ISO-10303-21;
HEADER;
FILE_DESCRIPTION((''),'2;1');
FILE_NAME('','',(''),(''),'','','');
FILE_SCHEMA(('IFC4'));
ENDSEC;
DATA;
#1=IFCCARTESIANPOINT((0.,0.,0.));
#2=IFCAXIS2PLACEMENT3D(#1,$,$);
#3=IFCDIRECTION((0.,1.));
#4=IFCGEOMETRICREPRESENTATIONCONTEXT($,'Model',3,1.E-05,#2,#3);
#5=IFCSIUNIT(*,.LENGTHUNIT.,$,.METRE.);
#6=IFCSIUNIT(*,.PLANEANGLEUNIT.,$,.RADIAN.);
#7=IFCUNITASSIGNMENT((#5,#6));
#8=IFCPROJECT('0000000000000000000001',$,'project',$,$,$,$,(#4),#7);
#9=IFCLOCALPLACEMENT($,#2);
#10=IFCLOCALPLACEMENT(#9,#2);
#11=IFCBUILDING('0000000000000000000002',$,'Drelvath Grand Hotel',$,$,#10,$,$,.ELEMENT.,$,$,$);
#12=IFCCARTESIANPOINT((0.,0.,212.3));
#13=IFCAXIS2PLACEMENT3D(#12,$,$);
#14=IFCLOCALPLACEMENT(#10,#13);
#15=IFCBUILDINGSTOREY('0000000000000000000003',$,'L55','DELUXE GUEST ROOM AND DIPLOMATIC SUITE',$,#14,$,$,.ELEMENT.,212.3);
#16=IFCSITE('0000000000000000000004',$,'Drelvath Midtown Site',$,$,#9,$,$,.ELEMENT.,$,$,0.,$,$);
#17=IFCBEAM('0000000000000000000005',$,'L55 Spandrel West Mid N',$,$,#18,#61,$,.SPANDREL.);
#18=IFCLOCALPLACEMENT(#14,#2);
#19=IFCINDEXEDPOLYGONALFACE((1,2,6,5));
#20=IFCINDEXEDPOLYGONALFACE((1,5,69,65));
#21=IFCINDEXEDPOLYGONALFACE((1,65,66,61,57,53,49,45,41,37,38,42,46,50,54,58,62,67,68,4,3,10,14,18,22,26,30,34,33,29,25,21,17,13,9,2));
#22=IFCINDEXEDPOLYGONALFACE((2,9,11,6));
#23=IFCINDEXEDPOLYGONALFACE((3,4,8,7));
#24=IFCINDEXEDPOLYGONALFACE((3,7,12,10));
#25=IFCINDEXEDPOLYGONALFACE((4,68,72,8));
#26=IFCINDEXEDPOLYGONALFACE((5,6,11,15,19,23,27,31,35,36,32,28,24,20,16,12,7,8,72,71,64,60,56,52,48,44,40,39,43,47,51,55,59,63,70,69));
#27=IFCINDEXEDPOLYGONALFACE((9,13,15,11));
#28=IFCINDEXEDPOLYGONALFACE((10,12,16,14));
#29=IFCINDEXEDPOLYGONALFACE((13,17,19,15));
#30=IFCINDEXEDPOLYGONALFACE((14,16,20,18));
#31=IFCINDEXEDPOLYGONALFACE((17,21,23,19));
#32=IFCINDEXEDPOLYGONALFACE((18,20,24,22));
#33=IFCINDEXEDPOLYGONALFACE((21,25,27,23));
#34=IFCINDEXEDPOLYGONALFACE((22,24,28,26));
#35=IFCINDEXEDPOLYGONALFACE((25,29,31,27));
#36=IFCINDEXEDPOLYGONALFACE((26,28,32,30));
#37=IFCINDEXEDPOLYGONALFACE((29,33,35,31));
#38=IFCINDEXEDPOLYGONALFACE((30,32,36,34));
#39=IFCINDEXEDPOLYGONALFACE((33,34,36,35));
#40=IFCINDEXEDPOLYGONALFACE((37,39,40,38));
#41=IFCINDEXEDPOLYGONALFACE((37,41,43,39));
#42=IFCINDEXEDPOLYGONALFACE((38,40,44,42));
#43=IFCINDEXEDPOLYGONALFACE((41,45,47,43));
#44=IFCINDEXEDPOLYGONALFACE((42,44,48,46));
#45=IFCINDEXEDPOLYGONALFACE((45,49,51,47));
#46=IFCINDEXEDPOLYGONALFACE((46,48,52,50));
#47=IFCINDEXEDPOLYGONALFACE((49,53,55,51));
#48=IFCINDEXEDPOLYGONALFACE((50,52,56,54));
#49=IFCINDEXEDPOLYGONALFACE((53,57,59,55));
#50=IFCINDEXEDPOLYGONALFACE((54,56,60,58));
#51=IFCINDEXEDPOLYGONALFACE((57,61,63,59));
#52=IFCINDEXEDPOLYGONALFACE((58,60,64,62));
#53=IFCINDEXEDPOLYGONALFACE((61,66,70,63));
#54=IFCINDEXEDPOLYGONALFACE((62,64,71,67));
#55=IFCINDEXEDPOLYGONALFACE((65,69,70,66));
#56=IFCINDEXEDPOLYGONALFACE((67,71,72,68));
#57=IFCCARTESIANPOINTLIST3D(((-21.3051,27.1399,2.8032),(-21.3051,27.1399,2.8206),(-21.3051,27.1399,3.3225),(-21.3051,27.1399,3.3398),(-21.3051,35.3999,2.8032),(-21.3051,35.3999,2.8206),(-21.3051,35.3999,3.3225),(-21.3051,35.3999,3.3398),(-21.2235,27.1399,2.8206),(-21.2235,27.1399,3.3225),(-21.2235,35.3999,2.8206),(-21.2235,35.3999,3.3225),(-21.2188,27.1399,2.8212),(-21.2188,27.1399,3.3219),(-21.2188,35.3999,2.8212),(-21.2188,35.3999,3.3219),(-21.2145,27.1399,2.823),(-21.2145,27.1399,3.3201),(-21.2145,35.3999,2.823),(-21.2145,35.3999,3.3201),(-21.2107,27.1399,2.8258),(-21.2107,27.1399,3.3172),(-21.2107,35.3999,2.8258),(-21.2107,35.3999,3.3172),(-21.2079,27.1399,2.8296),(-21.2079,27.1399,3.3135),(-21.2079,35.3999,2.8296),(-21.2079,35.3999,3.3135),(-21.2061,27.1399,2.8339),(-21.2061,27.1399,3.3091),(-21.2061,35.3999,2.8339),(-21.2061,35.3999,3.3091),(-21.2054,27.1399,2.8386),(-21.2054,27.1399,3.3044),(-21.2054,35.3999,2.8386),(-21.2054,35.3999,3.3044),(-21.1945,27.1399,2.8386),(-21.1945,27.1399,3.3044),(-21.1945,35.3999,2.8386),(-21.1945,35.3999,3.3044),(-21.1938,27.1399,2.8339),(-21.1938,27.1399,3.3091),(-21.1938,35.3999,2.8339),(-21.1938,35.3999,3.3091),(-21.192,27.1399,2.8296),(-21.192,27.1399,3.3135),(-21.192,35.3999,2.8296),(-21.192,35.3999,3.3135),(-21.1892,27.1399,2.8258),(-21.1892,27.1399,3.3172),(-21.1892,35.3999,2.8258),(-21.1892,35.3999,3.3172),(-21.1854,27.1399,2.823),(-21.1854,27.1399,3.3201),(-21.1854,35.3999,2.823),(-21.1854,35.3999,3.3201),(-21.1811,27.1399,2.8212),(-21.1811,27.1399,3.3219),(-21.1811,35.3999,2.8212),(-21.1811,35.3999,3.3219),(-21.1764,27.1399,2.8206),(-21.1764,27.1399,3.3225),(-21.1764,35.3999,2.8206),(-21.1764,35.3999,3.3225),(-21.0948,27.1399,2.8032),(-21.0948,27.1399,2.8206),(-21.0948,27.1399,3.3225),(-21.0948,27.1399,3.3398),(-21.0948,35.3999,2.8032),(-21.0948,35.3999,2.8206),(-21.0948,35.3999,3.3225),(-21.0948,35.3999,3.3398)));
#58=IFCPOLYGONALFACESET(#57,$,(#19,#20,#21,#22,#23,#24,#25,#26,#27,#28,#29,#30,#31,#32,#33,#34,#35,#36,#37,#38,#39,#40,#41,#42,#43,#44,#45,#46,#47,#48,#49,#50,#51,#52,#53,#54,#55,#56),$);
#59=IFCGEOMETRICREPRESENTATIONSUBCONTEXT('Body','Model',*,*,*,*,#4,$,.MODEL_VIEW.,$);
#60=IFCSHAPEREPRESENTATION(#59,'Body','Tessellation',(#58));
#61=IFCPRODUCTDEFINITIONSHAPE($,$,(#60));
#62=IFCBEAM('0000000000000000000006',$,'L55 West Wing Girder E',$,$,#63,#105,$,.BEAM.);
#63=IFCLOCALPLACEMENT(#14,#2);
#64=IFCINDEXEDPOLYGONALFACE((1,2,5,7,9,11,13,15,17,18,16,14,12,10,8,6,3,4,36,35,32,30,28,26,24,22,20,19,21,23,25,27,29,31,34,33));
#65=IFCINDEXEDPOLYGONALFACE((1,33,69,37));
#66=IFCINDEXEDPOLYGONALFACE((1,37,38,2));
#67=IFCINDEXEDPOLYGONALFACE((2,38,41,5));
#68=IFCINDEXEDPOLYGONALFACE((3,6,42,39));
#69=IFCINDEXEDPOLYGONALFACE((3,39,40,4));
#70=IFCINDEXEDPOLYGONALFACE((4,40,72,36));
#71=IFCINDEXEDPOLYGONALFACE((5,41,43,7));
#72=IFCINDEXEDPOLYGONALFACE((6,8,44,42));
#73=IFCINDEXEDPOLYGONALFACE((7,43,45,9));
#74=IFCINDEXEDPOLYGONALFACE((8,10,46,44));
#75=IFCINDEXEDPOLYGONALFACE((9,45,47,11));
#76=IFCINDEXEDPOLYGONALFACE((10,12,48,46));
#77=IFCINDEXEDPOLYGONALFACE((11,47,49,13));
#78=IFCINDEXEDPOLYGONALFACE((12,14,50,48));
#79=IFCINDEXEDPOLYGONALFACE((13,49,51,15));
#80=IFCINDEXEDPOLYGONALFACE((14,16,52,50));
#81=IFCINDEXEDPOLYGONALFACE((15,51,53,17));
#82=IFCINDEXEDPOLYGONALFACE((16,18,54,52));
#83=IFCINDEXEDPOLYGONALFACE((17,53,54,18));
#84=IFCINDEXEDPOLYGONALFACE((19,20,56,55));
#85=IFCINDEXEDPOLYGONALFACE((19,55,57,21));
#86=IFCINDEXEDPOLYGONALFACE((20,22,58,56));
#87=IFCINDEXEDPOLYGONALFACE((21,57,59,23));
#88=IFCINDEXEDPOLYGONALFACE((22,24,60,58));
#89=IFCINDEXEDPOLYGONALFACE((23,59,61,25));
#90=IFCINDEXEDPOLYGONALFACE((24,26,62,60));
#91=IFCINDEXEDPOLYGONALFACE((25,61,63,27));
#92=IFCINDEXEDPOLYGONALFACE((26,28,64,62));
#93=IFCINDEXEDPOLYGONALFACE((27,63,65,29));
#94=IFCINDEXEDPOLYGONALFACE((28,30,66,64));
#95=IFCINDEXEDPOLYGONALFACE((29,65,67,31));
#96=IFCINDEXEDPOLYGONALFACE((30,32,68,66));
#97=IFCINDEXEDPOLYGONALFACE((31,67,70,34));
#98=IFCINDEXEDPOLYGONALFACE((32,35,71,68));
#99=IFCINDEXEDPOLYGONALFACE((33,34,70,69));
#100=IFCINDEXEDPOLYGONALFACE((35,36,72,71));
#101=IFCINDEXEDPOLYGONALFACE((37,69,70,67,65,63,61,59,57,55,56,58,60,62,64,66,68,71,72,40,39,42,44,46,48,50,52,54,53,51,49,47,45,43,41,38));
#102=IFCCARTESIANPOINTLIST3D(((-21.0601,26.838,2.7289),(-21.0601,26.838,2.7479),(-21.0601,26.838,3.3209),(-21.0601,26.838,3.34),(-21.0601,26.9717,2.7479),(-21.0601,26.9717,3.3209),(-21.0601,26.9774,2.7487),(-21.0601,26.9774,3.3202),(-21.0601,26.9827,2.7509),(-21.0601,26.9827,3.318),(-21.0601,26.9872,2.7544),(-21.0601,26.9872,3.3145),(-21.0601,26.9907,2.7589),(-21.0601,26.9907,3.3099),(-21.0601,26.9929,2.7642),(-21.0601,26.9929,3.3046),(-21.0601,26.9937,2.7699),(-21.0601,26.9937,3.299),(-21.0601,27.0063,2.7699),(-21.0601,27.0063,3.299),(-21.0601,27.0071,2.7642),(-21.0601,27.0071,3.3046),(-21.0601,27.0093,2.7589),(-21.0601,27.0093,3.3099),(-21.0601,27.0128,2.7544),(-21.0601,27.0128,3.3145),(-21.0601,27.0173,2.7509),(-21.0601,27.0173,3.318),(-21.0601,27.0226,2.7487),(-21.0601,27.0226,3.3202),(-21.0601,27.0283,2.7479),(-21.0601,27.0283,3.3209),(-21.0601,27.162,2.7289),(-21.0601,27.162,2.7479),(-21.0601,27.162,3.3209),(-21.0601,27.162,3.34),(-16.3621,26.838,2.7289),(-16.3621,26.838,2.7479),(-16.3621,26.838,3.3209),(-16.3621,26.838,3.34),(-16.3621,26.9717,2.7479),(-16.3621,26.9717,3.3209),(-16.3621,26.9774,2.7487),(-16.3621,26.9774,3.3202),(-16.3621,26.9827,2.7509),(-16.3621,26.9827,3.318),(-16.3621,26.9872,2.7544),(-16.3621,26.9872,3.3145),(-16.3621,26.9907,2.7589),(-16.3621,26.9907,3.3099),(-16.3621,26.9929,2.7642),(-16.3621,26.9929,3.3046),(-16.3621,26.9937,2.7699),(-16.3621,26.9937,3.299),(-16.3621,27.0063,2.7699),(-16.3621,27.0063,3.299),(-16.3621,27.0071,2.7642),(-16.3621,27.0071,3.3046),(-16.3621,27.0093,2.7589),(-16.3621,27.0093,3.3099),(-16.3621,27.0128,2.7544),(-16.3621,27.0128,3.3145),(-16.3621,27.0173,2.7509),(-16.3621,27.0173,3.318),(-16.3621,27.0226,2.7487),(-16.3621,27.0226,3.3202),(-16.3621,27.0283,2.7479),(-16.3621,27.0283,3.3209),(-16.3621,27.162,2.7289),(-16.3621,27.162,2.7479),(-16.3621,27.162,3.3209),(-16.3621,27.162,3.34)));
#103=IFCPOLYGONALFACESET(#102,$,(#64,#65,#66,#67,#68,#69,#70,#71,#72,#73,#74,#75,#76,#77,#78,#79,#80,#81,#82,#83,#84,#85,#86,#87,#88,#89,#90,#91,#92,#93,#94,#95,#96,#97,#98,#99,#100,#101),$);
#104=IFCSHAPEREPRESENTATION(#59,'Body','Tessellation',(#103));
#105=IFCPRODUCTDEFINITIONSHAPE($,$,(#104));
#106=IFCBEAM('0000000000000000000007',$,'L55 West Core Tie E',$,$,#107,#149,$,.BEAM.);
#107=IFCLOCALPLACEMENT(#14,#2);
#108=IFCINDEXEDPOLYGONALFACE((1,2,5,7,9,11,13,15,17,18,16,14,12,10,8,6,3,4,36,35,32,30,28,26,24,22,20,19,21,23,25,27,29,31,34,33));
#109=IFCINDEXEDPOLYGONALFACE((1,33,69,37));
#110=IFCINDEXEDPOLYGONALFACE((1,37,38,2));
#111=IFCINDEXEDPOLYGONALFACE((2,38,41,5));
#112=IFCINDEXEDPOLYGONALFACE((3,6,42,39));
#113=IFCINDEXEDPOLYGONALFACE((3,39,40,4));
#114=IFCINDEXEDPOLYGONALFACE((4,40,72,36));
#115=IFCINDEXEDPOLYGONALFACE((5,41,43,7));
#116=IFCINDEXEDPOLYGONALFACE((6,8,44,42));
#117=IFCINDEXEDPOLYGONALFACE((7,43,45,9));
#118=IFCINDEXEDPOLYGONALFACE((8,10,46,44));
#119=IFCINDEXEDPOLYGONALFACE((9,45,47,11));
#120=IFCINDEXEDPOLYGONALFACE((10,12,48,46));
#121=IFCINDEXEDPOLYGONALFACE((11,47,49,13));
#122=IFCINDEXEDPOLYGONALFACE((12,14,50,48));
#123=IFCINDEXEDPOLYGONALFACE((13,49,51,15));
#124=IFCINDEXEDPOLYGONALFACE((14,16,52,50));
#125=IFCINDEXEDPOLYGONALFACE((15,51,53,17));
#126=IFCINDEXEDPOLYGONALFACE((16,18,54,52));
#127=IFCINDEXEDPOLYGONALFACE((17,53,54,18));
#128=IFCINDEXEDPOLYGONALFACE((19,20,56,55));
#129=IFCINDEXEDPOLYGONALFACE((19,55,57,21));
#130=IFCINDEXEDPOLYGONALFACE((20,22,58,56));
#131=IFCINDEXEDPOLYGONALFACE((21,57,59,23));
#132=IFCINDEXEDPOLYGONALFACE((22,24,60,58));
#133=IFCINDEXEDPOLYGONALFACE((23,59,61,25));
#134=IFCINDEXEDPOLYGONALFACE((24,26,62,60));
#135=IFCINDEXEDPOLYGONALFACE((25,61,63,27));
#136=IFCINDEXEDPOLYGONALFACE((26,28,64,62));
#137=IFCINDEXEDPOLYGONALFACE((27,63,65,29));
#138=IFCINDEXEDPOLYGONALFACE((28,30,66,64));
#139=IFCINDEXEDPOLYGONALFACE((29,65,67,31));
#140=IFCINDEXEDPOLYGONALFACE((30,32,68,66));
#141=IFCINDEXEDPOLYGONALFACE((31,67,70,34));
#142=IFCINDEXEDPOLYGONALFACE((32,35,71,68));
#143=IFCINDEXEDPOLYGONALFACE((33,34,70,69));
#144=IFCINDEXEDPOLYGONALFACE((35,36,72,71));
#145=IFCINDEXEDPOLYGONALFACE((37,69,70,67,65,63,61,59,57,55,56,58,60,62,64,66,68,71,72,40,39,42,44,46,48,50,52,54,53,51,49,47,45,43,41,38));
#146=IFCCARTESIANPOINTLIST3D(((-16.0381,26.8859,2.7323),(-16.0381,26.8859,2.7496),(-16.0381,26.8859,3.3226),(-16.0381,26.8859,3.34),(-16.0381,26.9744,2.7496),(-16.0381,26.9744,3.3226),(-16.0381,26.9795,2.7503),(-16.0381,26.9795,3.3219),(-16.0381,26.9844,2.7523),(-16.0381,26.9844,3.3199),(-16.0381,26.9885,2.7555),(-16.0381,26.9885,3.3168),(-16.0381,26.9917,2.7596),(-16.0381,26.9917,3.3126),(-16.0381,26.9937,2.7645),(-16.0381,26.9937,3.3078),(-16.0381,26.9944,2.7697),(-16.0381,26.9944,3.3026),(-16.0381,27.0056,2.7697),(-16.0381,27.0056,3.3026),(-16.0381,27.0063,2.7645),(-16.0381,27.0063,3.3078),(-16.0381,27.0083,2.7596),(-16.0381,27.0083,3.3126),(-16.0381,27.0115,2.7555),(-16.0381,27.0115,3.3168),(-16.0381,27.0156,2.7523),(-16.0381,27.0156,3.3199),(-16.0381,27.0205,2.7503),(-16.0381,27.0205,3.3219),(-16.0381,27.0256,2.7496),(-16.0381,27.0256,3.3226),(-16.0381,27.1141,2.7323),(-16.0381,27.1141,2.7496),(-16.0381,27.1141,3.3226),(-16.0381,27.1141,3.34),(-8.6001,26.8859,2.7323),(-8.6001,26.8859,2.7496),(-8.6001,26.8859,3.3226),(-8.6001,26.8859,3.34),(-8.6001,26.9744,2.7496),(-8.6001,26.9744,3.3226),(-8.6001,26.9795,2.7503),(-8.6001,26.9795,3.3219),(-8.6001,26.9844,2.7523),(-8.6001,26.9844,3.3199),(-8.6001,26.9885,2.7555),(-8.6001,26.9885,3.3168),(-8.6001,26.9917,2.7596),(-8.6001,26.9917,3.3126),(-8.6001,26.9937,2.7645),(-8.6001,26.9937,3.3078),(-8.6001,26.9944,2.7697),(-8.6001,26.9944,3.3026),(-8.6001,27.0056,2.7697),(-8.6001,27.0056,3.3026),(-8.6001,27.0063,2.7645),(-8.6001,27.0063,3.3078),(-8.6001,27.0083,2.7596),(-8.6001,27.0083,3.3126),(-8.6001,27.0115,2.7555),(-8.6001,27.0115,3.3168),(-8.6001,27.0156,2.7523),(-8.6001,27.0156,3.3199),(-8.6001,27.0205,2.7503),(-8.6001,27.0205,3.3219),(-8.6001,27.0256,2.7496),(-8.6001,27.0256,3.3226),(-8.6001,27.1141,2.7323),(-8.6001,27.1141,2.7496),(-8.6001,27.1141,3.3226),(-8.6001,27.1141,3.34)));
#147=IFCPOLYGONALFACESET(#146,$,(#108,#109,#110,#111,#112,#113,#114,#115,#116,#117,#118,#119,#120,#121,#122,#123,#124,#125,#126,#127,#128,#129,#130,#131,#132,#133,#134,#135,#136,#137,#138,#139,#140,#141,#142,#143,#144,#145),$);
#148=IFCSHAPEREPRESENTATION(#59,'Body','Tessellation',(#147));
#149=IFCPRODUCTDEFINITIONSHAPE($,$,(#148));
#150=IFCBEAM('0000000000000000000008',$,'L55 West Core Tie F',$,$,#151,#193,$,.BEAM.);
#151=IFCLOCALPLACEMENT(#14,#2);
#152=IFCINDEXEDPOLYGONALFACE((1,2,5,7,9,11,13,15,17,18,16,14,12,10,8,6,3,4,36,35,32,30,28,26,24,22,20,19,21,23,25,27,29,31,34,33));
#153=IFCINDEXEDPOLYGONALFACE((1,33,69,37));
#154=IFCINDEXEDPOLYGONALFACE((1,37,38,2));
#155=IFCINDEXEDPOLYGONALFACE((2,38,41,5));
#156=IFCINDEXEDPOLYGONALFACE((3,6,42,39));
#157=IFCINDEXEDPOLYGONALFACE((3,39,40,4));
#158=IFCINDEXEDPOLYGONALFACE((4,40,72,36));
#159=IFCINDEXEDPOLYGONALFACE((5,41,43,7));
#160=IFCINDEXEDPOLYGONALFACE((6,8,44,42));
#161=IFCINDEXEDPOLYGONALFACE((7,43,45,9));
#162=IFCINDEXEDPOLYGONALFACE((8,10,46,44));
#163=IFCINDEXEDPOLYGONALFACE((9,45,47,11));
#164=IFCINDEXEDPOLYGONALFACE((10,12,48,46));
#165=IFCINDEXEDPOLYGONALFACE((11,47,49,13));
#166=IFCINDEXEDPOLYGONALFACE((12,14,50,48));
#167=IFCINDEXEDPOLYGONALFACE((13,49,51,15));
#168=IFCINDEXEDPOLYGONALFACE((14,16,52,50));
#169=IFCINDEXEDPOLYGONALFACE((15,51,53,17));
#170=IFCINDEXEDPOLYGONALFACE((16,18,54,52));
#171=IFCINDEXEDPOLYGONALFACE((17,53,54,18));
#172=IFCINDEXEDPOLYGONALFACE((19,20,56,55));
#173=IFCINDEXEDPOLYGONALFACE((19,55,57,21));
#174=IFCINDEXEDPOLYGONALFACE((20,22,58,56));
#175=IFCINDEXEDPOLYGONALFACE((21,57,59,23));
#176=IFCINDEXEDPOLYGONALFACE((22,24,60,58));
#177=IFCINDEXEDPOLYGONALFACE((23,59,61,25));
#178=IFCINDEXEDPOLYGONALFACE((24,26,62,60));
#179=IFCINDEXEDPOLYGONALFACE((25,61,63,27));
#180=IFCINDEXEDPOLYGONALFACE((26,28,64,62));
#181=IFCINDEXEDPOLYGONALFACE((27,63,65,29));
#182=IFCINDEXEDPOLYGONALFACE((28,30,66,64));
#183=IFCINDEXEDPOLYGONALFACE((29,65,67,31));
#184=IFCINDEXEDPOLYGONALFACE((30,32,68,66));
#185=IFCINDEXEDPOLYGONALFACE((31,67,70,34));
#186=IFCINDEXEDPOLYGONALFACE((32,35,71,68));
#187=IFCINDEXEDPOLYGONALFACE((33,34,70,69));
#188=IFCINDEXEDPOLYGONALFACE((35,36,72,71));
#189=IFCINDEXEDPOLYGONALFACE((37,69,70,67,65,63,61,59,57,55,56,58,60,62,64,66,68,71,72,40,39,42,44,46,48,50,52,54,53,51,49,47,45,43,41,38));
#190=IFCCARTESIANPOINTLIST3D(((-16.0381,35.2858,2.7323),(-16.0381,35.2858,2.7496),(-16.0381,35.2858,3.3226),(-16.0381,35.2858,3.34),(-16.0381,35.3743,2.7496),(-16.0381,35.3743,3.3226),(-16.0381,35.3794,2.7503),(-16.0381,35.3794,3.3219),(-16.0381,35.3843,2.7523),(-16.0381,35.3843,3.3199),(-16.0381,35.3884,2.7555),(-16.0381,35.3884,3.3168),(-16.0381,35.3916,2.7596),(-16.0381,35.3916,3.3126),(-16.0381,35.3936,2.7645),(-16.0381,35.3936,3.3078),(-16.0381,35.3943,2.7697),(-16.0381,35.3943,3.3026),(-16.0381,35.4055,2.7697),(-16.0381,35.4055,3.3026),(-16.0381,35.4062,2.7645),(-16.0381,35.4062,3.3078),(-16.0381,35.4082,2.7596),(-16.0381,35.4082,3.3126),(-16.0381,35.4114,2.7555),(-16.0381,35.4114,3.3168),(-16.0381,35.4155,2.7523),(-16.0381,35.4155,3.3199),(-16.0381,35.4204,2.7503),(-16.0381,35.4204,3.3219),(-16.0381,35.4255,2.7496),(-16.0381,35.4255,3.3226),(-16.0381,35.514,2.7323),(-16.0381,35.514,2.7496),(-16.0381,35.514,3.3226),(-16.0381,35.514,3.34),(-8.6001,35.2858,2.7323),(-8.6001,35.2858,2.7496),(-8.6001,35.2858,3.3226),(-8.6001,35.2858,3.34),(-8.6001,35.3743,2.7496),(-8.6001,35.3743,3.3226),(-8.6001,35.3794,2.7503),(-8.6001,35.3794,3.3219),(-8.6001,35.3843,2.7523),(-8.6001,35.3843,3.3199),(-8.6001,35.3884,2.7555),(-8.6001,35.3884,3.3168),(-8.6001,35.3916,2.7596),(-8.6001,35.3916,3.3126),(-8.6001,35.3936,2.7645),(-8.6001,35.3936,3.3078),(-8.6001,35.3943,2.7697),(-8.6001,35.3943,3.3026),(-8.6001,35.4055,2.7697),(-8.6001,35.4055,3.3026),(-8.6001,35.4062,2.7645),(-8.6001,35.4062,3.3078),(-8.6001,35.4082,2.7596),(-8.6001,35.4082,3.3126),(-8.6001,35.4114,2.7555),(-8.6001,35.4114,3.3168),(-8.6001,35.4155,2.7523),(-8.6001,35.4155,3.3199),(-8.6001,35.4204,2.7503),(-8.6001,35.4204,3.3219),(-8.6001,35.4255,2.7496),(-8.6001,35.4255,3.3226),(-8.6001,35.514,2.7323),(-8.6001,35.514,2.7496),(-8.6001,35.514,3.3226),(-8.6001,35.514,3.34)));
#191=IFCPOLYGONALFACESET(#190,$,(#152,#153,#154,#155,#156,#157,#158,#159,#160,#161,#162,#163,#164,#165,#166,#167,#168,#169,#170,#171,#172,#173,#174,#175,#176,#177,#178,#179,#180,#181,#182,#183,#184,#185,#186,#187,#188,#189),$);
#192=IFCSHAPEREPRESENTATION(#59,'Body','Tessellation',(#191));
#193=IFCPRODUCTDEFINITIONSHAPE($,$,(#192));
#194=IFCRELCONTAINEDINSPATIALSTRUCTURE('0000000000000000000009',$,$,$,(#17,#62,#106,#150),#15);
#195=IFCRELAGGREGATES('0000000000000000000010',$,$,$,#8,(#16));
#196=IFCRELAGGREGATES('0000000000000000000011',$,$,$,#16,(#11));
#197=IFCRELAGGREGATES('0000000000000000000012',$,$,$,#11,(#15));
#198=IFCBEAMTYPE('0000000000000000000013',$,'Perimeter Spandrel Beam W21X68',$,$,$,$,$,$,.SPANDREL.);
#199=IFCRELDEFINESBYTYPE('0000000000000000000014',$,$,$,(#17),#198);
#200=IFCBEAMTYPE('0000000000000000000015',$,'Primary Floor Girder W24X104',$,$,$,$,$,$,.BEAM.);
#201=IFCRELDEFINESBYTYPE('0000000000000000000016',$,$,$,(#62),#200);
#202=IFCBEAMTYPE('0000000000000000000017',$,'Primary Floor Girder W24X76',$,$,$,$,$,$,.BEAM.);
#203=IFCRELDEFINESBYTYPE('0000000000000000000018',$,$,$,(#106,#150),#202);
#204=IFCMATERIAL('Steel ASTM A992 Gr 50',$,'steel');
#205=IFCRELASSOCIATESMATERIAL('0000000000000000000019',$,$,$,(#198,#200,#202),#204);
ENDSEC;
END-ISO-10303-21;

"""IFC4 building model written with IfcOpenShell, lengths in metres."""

from ifc_helpers import new_model, si_unit, direction, frame, origin, origin_2d, place, context, subcontext, project, spatial, i_section, extrude, material, material_profile, profile_set, type_object, element, save


model = new_model("IFC4")

# Units and contexts
model_context = context("Model", 3, precision=1e-05, world=origin(), true_north=direction((0.0, 1.0)))
body_context = subcontext(model_context, "Body", "Model", "MODEL_VIEW")
ifc_project = project(units=[si_unit("LENGTHUNIT", "METRE"), si_unit("PLANEANGLEUNIT", "RADIAN")], contexts=[model_context])

# Site, building, storey
site_placement = place(None, origin())
site = spatial("IfcSite", under=ifc_project, at=site_placement, Name="Drelvath Midtown Site", CompositionType="ELEMENT", RefElevation=0.0)
building_placement = place(site_placement, origin())
building = spatial("IfcBuilding", under=site, at=building_placement, Name="Drelvath Grand Hotel", CompositionType="ELEMENT")
storey_placement = place(building_placement, frame((0.0, 0.0, 212.3)))
storey = spatial("IfcBuildingStorey", under=building, at=storey_placement, Name="L55", Description="DELUXE GUEST ROOM AND DIPLOMATIC SUITE", CompositionType="ELEMENT", Elevation=212.3)

# Beams
ifc_material_1 = material(Name="Steel ASTM A992 Gr 50", Category="steel")
ifc_material_profile_1 = material_profile(ifc_material_1, i_section(OverallWidth=0.2102, OverallDepth=0.5366, WebThickness=0.011, FlangeThickness=0.0173, FilletRadius=0.0181, at=origin_2d()), Name="W21X68")
ifc_profile_set_1 = profile_set([ifc_material_profile_1], Name="Steel ASTM A992 Gr 50")
beam_type_1 = type_object("IfcBeamType", Name="Perimeter Spandrel Beam W21X68", PredefinedType="SPANDREL", material=ifc_profile_set_1)
beam_1_placement = place(storey_placement, frame((-21.2, 27.1399, 3.0715), z_axis=(0.0, 1.0, 0.0), x_axis=(-1.0, 0.0, 0.0)))
element("IfcBeam", 1, at=beam_1_placement, inside=storey, type_object=beam_type_1, Name="L55 Spandrel West Mid N", PredefinedType="SPANDREL", context=body_context, shape_type="SweptSolid", body=[
    extrude(i_section(OverallWidth=0.2102, OverallDepth=0.5366, WebThickness=0.011, FlangeThickness=0.0173, FilletRadius=0.0181, at=origin_2d()), origin(), (0.0, 0.0, 1.0), 8.26),
])
ifc_material_profile_2 = material_profile(ifc_material_1, i_section(OverallWidth=0.324, OverallDepth=0.6111, WebThickness=0.0127, FlangeThickness=0.019, FilletRadius=0.022, at=origin_2d()), Name="W24X104")
ifc_profile_set_2 = profile_set([ifc_material_profile_2], Name="Steel ASTM A992 Gr 50")
beam_type_2 = type_object("IfcBeamType", Name="Primary Floor Girder W24X104", PredefinedType="BEAM", material=ifc_profile_set_2)
beam_2_placement = place(storey_placement, frame((-21.0601, 27.0, 3.0344), z_axis=(1.0, 0.0, 0.0), x_axis=(0.0, 1.0, 0.0)))
element("IfcBeam", 2, at=beam_2_placement, inside=storey, type_object=beam_type_2, Name="L55 West Wing Girder E", PredefinedType="BEAM", context=body_context, shape_type="SweptSolid", body=[
    extrude(i_section(OverallWidth=0.324, OverallDepth=0.6111, WebThickness=0.0127, FlangeThickness=0.019, FilletRadius=0.022, at=origin_2d()), origin(), (0.0, 0.0, 1.0), 4.698),
])
ifc_material_profile_3 = material_profile(ifc_material_1, i_section(OverallWidth=0.2283, OverallDepth=0.6077, WebThickness=0.0112, FlangeThickness=0.0173, FilletRadius=0.02, at=origin_2d()), Name="W24X76")
ifc_profile_set_3 = profile_set([ifc_material_profile_3], Name="Steel ASTM A992 Gr 50")
beam_type_3 = type_object("IfcBeamType", Name="Primary Floor Girder W24X76", PredefinedType="BEAM", material=ifc_profile_set_3)
for number, where, z_axis, x_axis, name in (
    (3, (-16.0381, 27.0, 3.0361), (1.0, 0.0, 0.0), (0.0, 1.0, 0.0), "L55 West Core Tie E"),
    (4, (-16.0381, 35.3999, 3.0361), (1.0, 0.0, 0.0), (0.0, 1.0, 0.0), "L55 West Core Tie F"),
):
    element("IfcBeam", number, at=place(storey_placement, frame(where, z_axis=z_axis, x_axis=x_axis)), inside=storey, type_object=beam_type_3, Name=name, PredefinedType="BEAM", context=body_context, shape_type="SweptSolid", body=[
        extrude(i_section(OverallWidth=0.2283, OverallDepth=0.6077, WebThickness=0.0112, FlangeThickness=0.0173, FilletRadius=0.02, at=origin_2d()), origin(), (0.0, 0.0, 1.0), 7.438),
    ])

save(model, "model.ifc")
